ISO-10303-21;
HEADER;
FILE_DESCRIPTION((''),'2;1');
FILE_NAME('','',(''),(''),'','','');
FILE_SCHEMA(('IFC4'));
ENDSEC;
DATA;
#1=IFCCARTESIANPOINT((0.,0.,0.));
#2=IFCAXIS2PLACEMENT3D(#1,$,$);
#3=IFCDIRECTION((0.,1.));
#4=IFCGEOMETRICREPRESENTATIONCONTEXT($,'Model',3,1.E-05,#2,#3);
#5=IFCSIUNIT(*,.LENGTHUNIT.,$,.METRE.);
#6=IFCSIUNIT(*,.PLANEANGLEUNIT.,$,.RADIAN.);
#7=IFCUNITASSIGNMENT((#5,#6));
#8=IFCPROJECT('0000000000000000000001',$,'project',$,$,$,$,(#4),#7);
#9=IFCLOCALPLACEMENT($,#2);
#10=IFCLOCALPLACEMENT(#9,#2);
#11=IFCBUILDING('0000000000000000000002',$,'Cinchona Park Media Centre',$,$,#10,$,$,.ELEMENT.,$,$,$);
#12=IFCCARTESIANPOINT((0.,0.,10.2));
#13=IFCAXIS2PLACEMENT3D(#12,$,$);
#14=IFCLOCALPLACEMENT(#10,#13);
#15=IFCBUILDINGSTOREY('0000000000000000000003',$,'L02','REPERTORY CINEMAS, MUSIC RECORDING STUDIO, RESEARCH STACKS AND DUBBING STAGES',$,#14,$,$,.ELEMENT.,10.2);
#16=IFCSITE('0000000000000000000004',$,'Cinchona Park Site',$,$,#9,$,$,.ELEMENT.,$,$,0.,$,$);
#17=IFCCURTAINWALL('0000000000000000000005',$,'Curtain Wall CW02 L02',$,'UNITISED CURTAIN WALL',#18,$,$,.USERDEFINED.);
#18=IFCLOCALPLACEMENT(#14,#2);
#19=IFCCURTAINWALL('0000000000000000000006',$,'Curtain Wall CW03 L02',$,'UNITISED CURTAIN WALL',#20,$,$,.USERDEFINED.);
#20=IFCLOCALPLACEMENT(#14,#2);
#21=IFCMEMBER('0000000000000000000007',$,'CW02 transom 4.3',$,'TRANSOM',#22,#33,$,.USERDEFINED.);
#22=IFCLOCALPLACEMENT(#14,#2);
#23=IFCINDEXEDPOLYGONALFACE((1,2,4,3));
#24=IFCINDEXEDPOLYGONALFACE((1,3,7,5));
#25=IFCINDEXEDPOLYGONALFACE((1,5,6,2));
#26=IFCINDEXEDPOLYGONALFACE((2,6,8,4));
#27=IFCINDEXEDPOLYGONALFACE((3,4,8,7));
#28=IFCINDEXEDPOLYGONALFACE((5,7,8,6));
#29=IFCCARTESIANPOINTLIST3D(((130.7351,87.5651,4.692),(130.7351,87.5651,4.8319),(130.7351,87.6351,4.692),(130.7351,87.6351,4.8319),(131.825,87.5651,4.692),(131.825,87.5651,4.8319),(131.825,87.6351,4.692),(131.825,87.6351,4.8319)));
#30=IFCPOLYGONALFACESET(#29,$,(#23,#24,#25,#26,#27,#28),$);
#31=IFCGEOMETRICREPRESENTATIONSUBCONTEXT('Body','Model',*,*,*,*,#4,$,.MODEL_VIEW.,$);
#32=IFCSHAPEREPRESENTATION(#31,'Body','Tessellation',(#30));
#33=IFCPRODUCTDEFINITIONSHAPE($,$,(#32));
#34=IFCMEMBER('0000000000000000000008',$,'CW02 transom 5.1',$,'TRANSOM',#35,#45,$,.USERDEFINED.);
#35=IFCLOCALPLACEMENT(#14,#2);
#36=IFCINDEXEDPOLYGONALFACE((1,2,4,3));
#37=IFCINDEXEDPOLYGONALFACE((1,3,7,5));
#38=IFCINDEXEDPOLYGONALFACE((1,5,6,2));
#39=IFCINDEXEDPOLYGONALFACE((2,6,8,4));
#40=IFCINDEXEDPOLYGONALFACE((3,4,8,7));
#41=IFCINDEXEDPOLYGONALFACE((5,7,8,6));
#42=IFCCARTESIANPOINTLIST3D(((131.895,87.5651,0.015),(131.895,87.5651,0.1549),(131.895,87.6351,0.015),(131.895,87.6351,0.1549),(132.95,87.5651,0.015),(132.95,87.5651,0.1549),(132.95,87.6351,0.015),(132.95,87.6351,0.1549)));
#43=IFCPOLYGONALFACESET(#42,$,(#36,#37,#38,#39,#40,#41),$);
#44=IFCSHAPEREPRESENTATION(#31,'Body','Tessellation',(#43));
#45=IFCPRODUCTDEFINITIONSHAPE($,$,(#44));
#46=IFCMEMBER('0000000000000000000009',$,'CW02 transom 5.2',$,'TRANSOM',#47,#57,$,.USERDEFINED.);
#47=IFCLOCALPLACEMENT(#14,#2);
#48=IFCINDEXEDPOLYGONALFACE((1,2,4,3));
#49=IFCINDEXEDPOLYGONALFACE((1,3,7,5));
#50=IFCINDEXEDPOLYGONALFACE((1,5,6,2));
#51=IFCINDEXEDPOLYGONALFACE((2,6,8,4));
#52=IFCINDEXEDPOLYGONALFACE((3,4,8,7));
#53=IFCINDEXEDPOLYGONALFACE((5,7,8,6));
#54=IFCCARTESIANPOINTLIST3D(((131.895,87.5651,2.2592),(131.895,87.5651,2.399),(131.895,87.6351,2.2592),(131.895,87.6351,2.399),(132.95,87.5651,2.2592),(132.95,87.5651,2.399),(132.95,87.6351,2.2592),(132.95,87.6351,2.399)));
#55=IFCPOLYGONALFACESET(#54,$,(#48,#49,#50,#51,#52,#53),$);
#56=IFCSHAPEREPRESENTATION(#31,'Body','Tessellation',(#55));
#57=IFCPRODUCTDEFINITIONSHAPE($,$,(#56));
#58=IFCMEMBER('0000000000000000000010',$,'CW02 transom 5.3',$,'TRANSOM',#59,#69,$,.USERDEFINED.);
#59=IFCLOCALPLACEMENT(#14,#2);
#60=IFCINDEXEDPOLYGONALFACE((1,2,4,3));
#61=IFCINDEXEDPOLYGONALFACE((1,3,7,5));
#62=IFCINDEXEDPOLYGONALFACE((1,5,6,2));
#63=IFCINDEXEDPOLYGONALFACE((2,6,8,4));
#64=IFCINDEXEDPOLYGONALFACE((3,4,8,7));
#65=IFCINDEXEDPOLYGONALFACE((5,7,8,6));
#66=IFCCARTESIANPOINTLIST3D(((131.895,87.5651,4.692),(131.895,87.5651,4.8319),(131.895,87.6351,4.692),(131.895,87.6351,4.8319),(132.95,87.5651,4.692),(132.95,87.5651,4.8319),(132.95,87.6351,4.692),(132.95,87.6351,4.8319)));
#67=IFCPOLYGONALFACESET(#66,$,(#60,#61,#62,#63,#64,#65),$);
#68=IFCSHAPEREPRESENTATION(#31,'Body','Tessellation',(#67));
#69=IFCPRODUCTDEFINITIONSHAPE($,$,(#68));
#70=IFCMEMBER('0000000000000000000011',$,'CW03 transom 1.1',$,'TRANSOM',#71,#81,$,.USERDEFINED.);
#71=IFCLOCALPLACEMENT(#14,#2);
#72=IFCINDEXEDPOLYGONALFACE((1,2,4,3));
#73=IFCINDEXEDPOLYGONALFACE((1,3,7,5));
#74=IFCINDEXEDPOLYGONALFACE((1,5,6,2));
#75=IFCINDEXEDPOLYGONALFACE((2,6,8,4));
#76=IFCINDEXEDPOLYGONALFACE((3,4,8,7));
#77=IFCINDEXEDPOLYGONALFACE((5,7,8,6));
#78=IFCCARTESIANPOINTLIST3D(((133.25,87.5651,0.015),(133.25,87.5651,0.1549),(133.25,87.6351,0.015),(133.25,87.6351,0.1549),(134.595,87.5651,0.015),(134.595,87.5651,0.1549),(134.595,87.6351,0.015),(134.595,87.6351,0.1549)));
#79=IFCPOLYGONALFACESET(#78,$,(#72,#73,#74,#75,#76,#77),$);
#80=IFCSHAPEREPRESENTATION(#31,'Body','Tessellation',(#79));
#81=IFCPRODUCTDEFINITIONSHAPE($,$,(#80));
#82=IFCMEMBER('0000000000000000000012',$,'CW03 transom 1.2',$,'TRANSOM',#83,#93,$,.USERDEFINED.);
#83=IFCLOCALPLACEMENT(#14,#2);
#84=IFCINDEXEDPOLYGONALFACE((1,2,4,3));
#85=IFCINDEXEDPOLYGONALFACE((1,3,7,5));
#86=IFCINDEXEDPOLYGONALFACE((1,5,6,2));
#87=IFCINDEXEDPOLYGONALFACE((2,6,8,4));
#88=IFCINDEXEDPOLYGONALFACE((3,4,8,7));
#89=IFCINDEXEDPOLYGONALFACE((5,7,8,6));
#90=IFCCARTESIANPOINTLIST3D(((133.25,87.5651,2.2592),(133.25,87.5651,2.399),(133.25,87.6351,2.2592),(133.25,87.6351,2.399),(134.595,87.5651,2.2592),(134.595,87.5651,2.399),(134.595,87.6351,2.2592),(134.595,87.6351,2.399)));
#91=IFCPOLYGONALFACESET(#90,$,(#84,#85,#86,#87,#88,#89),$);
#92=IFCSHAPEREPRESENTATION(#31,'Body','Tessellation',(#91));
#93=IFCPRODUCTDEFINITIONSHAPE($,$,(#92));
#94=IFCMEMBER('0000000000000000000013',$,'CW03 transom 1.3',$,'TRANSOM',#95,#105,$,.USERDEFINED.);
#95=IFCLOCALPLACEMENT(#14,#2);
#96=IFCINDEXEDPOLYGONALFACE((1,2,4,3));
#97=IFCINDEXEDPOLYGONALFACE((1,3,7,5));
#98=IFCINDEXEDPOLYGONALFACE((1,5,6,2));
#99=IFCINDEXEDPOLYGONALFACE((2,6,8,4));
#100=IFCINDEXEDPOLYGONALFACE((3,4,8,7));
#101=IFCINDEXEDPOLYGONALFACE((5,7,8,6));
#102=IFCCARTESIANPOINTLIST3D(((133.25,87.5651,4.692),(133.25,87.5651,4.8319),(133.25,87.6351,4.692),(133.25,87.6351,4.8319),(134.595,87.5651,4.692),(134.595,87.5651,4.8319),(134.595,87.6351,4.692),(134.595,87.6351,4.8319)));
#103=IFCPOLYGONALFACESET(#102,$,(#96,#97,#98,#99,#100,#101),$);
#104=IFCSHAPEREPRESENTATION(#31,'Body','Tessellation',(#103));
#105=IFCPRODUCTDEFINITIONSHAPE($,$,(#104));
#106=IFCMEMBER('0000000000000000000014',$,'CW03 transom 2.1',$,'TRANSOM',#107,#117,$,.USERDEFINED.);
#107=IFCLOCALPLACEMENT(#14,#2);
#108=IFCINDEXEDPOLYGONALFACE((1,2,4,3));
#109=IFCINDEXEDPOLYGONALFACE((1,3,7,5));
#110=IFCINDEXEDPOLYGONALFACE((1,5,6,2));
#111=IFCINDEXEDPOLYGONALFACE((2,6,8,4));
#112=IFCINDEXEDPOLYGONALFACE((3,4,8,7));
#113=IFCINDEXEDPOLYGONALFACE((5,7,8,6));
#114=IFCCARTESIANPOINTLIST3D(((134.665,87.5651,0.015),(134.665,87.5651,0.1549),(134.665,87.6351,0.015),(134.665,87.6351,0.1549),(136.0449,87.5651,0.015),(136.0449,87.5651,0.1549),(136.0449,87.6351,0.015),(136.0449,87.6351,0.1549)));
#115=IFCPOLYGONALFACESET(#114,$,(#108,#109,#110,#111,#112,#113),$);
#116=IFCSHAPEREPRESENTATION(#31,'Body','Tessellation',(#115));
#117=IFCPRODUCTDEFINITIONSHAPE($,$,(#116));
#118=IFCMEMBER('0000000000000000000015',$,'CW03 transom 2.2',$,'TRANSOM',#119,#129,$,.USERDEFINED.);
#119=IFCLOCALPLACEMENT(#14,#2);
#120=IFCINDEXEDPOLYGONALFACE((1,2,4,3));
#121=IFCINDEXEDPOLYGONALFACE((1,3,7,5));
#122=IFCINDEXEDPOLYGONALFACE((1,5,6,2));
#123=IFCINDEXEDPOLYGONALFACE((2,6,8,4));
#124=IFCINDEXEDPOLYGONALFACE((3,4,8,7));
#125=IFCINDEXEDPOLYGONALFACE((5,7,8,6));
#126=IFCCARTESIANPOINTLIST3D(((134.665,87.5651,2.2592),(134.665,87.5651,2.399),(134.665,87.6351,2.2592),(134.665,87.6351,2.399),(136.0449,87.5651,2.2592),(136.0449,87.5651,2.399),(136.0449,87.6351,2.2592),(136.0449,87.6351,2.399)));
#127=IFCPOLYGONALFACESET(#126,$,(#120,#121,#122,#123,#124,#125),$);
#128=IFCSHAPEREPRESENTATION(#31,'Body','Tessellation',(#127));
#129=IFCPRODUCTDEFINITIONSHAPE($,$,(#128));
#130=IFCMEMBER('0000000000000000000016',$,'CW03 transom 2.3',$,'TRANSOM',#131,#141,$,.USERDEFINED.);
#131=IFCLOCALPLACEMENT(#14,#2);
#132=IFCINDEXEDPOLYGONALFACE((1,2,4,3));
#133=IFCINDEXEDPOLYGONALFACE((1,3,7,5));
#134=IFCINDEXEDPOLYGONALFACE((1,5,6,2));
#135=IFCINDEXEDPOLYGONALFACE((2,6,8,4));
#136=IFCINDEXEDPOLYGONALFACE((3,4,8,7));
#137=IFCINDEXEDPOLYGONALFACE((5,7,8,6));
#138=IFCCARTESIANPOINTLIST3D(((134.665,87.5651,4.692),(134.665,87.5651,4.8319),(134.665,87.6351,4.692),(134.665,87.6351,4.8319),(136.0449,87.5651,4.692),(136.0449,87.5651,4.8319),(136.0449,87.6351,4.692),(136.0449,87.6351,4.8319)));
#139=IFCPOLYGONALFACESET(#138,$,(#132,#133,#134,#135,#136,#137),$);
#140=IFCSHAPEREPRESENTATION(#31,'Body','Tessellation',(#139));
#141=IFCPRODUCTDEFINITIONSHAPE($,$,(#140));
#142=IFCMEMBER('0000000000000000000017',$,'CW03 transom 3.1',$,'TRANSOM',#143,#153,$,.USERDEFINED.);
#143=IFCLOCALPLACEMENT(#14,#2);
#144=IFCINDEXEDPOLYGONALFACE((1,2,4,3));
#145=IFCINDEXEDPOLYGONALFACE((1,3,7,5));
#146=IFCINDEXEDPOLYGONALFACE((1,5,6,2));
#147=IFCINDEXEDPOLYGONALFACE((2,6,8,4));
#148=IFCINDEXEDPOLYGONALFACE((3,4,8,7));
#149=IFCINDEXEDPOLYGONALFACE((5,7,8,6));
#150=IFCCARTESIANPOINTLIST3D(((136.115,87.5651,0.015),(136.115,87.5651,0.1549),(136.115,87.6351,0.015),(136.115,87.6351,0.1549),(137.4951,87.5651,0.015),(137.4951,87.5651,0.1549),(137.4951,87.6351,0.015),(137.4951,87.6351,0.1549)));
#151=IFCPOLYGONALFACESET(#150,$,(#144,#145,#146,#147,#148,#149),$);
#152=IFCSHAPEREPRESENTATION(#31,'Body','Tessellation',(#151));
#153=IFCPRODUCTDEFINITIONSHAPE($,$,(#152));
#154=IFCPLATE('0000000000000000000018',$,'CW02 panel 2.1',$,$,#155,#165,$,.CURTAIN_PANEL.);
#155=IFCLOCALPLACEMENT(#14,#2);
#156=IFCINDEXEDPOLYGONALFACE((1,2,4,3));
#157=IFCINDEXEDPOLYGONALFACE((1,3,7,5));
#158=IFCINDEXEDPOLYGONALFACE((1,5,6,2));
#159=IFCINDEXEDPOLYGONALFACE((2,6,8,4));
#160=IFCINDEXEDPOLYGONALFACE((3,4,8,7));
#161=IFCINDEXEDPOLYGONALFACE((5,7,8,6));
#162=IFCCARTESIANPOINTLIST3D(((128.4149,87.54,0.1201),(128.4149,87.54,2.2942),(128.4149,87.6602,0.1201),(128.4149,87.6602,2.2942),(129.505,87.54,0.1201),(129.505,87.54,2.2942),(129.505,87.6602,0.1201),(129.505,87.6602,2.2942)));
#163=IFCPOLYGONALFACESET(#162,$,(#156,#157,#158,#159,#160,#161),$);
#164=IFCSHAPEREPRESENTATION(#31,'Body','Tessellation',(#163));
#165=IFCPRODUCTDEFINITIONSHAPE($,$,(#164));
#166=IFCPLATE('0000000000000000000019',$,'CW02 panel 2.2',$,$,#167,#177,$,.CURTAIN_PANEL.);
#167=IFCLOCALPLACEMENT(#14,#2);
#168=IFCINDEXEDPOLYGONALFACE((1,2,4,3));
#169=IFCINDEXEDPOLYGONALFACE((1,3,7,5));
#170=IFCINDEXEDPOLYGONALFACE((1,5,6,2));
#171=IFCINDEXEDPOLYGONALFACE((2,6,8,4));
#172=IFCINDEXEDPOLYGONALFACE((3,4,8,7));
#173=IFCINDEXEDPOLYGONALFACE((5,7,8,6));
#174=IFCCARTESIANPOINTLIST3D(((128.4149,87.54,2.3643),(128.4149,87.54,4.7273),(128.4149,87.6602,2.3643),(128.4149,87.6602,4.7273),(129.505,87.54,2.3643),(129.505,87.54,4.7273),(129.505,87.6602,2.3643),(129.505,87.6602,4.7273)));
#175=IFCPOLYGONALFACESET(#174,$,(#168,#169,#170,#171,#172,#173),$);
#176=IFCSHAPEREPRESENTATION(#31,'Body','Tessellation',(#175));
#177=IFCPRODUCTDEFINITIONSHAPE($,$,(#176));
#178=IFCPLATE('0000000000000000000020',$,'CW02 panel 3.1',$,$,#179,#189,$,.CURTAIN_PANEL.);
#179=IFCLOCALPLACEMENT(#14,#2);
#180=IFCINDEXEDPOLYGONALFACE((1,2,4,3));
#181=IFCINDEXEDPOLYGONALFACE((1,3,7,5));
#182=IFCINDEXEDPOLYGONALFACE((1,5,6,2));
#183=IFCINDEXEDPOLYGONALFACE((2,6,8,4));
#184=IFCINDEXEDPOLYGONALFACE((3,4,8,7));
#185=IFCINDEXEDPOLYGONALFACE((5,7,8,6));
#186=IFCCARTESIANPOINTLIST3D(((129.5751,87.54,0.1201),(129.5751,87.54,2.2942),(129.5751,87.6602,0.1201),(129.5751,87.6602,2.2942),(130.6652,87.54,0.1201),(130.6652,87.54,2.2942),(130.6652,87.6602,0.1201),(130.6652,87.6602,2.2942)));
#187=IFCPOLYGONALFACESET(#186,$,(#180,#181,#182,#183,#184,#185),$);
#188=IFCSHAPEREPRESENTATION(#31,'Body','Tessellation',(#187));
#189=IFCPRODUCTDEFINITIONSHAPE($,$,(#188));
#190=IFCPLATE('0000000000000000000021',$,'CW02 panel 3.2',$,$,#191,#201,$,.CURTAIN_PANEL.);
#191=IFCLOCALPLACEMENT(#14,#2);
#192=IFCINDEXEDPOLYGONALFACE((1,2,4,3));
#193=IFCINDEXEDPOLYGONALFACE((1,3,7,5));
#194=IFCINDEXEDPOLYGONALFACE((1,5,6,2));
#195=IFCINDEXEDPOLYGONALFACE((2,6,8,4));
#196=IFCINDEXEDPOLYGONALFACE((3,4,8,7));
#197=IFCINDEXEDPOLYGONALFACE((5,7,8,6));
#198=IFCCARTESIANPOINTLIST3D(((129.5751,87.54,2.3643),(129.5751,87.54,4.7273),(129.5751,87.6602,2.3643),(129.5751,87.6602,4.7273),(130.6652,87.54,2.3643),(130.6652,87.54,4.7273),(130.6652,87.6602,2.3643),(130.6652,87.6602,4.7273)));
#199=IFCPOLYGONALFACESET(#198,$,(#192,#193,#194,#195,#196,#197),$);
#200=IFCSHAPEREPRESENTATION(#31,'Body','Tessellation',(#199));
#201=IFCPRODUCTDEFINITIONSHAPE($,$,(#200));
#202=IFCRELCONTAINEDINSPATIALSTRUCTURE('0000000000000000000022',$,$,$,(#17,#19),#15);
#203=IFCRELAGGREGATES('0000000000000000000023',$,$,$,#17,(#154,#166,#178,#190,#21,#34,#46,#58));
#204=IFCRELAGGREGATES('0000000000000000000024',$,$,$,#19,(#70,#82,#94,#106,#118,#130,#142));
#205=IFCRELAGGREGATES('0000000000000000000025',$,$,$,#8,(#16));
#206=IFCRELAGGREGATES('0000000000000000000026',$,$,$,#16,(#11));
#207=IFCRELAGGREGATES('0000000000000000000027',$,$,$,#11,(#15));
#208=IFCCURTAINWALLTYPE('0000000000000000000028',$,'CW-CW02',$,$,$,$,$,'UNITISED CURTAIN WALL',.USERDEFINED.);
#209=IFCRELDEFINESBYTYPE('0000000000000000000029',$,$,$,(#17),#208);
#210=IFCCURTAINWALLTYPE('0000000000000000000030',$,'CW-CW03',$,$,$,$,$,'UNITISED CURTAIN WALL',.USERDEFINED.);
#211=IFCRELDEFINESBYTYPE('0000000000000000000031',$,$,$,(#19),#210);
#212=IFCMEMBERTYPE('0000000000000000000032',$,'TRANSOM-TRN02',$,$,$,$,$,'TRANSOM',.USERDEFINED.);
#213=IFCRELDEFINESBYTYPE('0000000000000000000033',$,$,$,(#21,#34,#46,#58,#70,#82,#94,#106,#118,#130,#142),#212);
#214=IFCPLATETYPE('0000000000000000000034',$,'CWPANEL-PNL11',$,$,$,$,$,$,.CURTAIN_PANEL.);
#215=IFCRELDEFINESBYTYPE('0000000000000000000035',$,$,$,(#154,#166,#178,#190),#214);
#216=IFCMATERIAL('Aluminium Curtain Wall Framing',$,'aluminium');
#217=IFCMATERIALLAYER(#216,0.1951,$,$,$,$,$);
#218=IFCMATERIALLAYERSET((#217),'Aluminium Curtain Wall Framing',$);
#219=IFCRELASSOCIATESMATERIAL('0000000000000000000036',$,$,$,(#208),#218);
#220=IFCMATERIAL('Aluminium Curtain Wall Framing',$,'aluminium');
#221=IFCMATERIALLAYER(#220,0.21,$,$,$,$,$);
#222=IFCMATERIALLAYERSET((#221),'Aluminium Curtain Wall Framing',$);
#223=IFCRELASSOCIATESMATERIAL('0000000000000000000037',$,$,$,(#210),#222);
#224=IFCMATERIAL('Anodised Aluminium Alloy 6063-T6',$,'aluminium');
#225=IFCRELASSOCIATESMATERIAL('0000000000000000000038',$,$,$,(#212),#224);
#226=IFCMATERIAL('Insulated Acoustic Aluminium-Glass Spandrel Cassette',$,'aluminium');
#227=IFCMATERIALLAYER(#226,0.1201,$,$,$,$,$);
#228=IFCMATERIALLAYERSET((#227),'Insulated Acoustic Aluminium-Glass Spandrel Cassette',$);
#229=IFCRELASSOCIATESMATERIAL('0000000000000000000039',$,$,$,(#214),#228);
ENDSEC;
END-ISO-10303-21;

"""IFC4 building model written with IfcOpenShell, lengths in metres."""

from ifc_helpers import new_model, si_unit, direction, frame, origin, origin_2d, place, context, subcontext, project, spatial, rectangle, extrude, material, layer, layer_set, material_profile, profile_set, type_object, element, aggregate, save


model = new_model("IFC4")

# Units and contexts
model_context = context("Model", 3, precision=1e-05, world=origin(), true_north=direction((0.0, 1.0)))
body_context = subcontext(model_context, "Body", "Model", "MODEL_VIEW")
ifc_project = project(units=[si_unit("LENGTHUNIT", "METRE"), si_unit("PLANEANGLEUNIT", "RADIAN")], contexts=[model_context])

# Site, building, storey
site_placement = place(None, origin())
site = spatial("IfcSite", under=ifc_project, at=site_placement, Name="Cinchona Park Site", CompositionType="ELEMENT", RefElevation=0.0)
building_placement = place(site_placement, origin())
building = spatial("IfcBuilding", under=site, at=building_placement, Name="Cinchona Park Media Centre", CompositionType="ELEMENT")
storey_placement = place(building_placement, frame((0.0, 0.0, 10.2)))
storey = spatial("IfcBuildingStorey", under=building, at=storey_placement, Name="L02", Description="REPERTORY CINEMAS, MUSIC RECORDING STUDIO, RESEARCH STACKS AND DUBBING STAGES", CompositionType="ELEMENT", Elevation=10.2)

# Curtain walls
ifc_material_1 = material(Name="Aluminium Curtain Wall Framing", Category="aluminium")
ifc_layer_1 = layer(ifc_material_1, 0.1951)
ifc_layer_set_1 = layer_set([ifc_layer_1], Name="Aluminium Curtain Wall Framing")
curtain_wall_type_1 = type_object("IfcCurtainWallType", Name="CW-CW02", ElementType="UNITISED CURTAIN WALL", PredefinedType="USERDEFINED", material=ifc_layer_set_1)
curtain_wall_1_placement = place(storey_placement, origin())
curtain_wall_1 = element("IfcCurtainWall", 1, at=curtain_wall_1_placement, inside=storey, type_object=curtain_wall_type_1, Name="Curtain Wall CW02 L02", ObjectType="UNITISED CURTAIN WALL", PredefinedType="USERDEFINED")
ifc_material_2 = material(Name="Aluminium Curtain Wall Framing", Category="aluminium")
ifc_layer_2 = layer(ifc_material_2, 0.21)
ifc_layer_set_2 = layer_set([ifc_layer_2], Name="Aluminium Curtain Wall Framing")
curtain_wall_type_2 = type_object("IfcCurtainWallType", Name="CW-CW03", ElementType="UNITISED CURTAIN WALL", PredefinedType="USERDEFINED", material=ifc_layer_set_2)
curtain_wall_2_placement = place(storey_placement, origin())
curtain_wall_2 = element("IfcCurtainWall", 2, at=curtain_wall_2_placement, inside=storey, type_object=curtain_wall_type_2, Name="Curtain Wall CW03 L02", ObjectType="UNITISED CURTAIN WALL", PredefinedType="USERDEFINED")

# Members
ifc_material_3 = material(Name="Anodised Aluminium Alloy 6063-T6", Category="aluminium")
ifc_material_profile_1 = material_profile(ifc_material_3, rectangle(XDim=0.0701, YDim=0.1399, at=origin_2d()), Name="TRN-70X140")
ifc_profile_set_1 = profile_set([ifc_material_profile_1], Name="Anodised Aluminium Alloy 6063-T6")
member_type_1 = type_object("IfcMemberType", Name="TRANSOM-TRN02", ElementType="TRANSOM", PredefinedType="USERDEFINED", material=ifc_profile_set_1)
member_1_placement = place(storey_placement, frame((130.7351, 87.6001, 4.762), z_axis=(1.0, 0.0, 0.0), x_axis=(0.0, 1.0, 0.0)))
member_1 = element("IfcMember", 3, at=member_1_placement, type_object=member_type_1, Name="CW02 transom 4.3", ObjectType="TRANSOM", PredefinedType="USERDEFINED", context=body_context, shape_type="SweptSolid", body=[
    extrude(rectangle(XDim=0.0701, YDim=0.1399, at=origin_2d()), origin(), (0.0, 0.0, 1.0), 1.0898),
])
member_2_placement = place(storey_placement, frame((131.895, 87.6001, 0.085), z_axis=(1.0, 0.0, 0.0), x_axis=(0.0, 1.0, 0.0)))
member_2 = element("IfcMember", 4, at=member_2_placement, type_object=member_type_1, Name="CW02 transom 5.1", ObjectType="TRANSOM", PredefinedType="USERDEFINED", context=body_context, shape_type="SweptSolid", body=[
    extrude(rectangle(XDim=0.0701, YDim=0.1399, at=origin_2d()), origin(), (0.0, 0.0, 1.0), 1.0549),
])
member_3_placement = place(storey_placement, frame((131.895, 87.6001, 2.3291), z_axis=(1.0, 0.0, 0.0), x_axis=(0.0, 1.0, 0.0)))
member_3 = element("IfcMember", 5, at=member_3_placement, type_object=member_type_1, Name="CW02 transom 5.2", ObjectType="TRANSOM", PredefinedType="USERDEFINED", context=body_context, shape_type="SweptSolid", body=[
    extrude(rectangle(XDim=0.0701, YDim=0.1399, at=origin_2d()), origin(), (0.0, 0.0, 1.0), 1.0549),
])
member_4_placement = place(storey_placement, frame((131.895, 87.6001, 4.762), z_axis=(1.0, 0.0, 0.0), x_axis=(0.0, 1.0, 0.0)))
member_4 = element("IfcMember", 6, at=member_4_placement, type_object=member_type_1, Name="CW02 transom 5.3", ObjectType="TRANSOM", PredefinedType="USERDEFINED", context=body_context, shape_type="SweptSolid", body=[
    extrude(rectangle(XDim=0.0701, YDim=0.1399, at=origin_2d()), origin(), (0.0, 0.0, 1.0), 1.0549),
])
member_5_placement = place(storey_placement, frame((133.25, 87.6001, 0.085), z_axis=(1.0, 0.0, 0.0), x_axis=(0.0, 1.0, 0.0)))
member_5 = element("IfcMember", 7, at=member_5_placement, type_object=member_type_1, Name="CW03 transom 1.1", ObjectType="TRANSOM", PredefinedType="USERDEFINED", context=body_context, shape_type="SweptSolid", body=[
    extrude(rectangle(XDim=0.0701, YDim=0.1399, at=origin_2d()), origin(), (0.0, 0.0, 1.0), 1.345),
])
member_6_placement = place(storey_placement, frame((133.25, 87.6001, 2.3291), z_axis=(1.0, 0.0, 0.0), x_axis=(0.0, 1.0, 0.0)))
member_6 = element("IfcMember", 8, at=member_6_placement, type_object=member_type_1, Name="CW03 transom 1.2", ObjectType="TRANSOM", PredefinedType="USERDEFINED", context=body_context, shape_type="SweptSolid", body=[
    extrude(rectangle(XDim=0.0701, YDim=0.1399, at=origin_2d()), origin(), (0.0, 0.0, 1.0), 1.345),
])
member_7_placement = place(storey_placement, frame((133.25, 87.6001, 4.762), z_axis=(1.0, 0.0, 0.0), x_axis=(0.0, 1.0, 0.0)))
member_7 = element("IfcMember", 9, at=member_7_placement, type_object=member_type_1, Name="CW03 transom 1.3", ObjectType="TRANSOM", PredefinedType="USERDEFINED", context=body_context, shape_type="SweptSolid", body=[
    extrude(rectangle(XDim=0.0701, YDim=0.1399, at=origin_2d()), origin(), (0.0, 0.0, 1.0), 1.345),
])
member_8_placement = place(storey_placement, frame((134.665, 87.6001, 0.085), z_axis=(1.0, 0.0, 0.0), x_axis=(0.0, 1.0, 0.0)))
member_8 = element("IfcMember", 10, at=member_8_placement, type_object=member_type_1, Name="CW03 transom 2.1", ObjectType="TRANSOM", PredefinedType="USERDEFINED", context=body_context, shape_type="SweptSolid", body=[
    extrude(rectangle(XDim=0.0701, YDim=0.1399, at=origin_2d()), origin(), (0.0, 0.0, 1.0), 1.3799),
])
member_9_placement = place(storey_placement, frame((134.665, 87.6001, 2.3291), z_axis=(1.0, 0.0, 0.0), x_axis=(0.0, 1.0, 0.0)))
member_9 = element("IfcMember", 11, at=member_9_placement, type_object=member_type_1, Name="CW03 transom 2.2", ObjectType="TRANSOM", PredefinedType="USERDEFINED", context=body_context, shape_type="SweptSolid", body=[
    extrude(rectangle(XDim=0.0701, YDim=0.1399, at=origin_2d()), origin(), (0.0, 0.0, 1.0), 1.3799),
])
member_10_placement = place(storey_placement, frame((134.665, 87.6001, 4.762), z_axis=(1.0, 0.0, 0.0), x_axis=(0.0, 1.0, 0.0)))
member_10 = element("IfcMember", 12, at=member_10_placement, type_object=member_type_1, Name="CW03 transom 2.3", ObjectType="TRANSOM", PredefinedType="USERDEFINED", context=body_context, shape_type="SweptSolid", body=[
    extrude(rectangle(XDim=0.0701, YDim=0.1399, at=origin_2d()), origin(), (0.0, 0.0, 1.0), 1.3799),
])
member_11_placement = place(storey_placement, frame((136.115, 87.6001, 0.085), z_axis=(1.0, 0.0, 0.0), x_axis=(0.0, 1.0, 0.0)))
member_11 = element("IfcMember", 13, at=member_11_placement, type_object=member_type_1, Name="CW03 transom 3.1", ObjectType="TRANSOM", PredefinedType="USERDEFINED", context=body_context, shape_type="SweptSolid", body=[
    extrude(rectangle(XDim=0.0701, YDim=0.1399, at=origin_2d()), origin(), (0.0, 0.0, 1.0), 1.3801),
])

# Plates
ifc_material_4 = material(Name="Insulated Acoustic Aluminium-Glass Spandrel Cassette", Category="aluminium")
ifc_layer_3 = layer(ifc_material_4, 0.1201)
ifc_layer_set_3 = layer_set([ifc_layer_3], Name="Insulated Acoustic Aluminium-Glass Spandrel Cassette")
plate_type_1 = type_object("IfcPlateType", Name="CWPANEL-PNL11", PredefinedType="CURTAIN_PANEL", material=ifc_layer_set_3)
plate_1_placement = place(storey_placement, frame((128.96, 87.6001, 0.1201), z_axis=(0.0, 0.0, 1.0), x_axis=(1.0, 0.0, 0.0)))
plate_1 = element("IfcPlate", 14, at=plate_1_placement, type_object=plate_type_1, Name="CW02 panel 2.1", PredefinedType="CURTAIN_PANEL", context=body_context, shape_type="SweptSolid", body=[
    extrude(rectangle(XDim=1.0901, YDim=0.1201, at=origin_2d()), origin(), (0.0, 0.0, 1.0), 2.1741),
])
plate_2_placement = place(storey_placement, frame((128.96, 87.6001, 2.3643), z_axis=(0.0, 0.0, 1.0), x_axis=(1.0, 0.0, 0.0)))
plate_2 = element("IfcPlate", 15, at=plate_2_placement, type_object=plate_type_1, Name="CW02 panel 2.2", PredefinedType="CURTAIN_PANEL", context=body_context, shape_type="SweptSolid", body=[
    extrude(rectangle(XDim=1.0901, YDim=0.1201, at=origin_2d()), origin(), (0.0, 0.0, 1.0), 2.363),
])
plate_3_placement = place(storey_placement, frame((130.1201, 87.6001, 0.1201), z_axis=(0.0, 0.0, 1.0), x_axis=(1.0, 0.0, 0.0)))
plate_3 = element("IfcPlate", 16, at=plate_3_placement, type_object=plate_type_1, Name="CW02 panel 3.1", PredefinedType="CURTAIN_PANEL", context=body_context, shape_type="SweptSolid", body=[
    extrude(rectangle(XDim=1.0901, YDim=0.1201, at=origin_2d()), origin(), (0.0, 0.0, 1.0), 2.1741),
])
plate_4_placement = place(storey_placement, frame((130.1201, 87.6001, 2.3643), z_axis=(0.0, 0.0, 1.0), x_axis=(1.0, 0.0, 0.0)))
plate_4 = element("IfcPlate", 17, at=plate_4_placement, type_object=plate_type_1, Name="CW02 panel 3.2", PredefinedType="CURTAIN_PANEL", context=body_context, shape_type="SweptSolid", body=[
    extrude(rectangle(XDim=1.0901, YDim=0.1201, at=origin_2d()), origin(), (0.0, 0.0, 1.0), 2.363),
])
aggregate(curtain_wall_1, [plate_1, plate_2, plate_3, plate_4, member_1, member_2, member_3, member_4])
aggregate(curtain_wall_2, [member_5, member_6, member_7, member_8, member_9, member_10, member_11])

save(model, "model.ifc")
